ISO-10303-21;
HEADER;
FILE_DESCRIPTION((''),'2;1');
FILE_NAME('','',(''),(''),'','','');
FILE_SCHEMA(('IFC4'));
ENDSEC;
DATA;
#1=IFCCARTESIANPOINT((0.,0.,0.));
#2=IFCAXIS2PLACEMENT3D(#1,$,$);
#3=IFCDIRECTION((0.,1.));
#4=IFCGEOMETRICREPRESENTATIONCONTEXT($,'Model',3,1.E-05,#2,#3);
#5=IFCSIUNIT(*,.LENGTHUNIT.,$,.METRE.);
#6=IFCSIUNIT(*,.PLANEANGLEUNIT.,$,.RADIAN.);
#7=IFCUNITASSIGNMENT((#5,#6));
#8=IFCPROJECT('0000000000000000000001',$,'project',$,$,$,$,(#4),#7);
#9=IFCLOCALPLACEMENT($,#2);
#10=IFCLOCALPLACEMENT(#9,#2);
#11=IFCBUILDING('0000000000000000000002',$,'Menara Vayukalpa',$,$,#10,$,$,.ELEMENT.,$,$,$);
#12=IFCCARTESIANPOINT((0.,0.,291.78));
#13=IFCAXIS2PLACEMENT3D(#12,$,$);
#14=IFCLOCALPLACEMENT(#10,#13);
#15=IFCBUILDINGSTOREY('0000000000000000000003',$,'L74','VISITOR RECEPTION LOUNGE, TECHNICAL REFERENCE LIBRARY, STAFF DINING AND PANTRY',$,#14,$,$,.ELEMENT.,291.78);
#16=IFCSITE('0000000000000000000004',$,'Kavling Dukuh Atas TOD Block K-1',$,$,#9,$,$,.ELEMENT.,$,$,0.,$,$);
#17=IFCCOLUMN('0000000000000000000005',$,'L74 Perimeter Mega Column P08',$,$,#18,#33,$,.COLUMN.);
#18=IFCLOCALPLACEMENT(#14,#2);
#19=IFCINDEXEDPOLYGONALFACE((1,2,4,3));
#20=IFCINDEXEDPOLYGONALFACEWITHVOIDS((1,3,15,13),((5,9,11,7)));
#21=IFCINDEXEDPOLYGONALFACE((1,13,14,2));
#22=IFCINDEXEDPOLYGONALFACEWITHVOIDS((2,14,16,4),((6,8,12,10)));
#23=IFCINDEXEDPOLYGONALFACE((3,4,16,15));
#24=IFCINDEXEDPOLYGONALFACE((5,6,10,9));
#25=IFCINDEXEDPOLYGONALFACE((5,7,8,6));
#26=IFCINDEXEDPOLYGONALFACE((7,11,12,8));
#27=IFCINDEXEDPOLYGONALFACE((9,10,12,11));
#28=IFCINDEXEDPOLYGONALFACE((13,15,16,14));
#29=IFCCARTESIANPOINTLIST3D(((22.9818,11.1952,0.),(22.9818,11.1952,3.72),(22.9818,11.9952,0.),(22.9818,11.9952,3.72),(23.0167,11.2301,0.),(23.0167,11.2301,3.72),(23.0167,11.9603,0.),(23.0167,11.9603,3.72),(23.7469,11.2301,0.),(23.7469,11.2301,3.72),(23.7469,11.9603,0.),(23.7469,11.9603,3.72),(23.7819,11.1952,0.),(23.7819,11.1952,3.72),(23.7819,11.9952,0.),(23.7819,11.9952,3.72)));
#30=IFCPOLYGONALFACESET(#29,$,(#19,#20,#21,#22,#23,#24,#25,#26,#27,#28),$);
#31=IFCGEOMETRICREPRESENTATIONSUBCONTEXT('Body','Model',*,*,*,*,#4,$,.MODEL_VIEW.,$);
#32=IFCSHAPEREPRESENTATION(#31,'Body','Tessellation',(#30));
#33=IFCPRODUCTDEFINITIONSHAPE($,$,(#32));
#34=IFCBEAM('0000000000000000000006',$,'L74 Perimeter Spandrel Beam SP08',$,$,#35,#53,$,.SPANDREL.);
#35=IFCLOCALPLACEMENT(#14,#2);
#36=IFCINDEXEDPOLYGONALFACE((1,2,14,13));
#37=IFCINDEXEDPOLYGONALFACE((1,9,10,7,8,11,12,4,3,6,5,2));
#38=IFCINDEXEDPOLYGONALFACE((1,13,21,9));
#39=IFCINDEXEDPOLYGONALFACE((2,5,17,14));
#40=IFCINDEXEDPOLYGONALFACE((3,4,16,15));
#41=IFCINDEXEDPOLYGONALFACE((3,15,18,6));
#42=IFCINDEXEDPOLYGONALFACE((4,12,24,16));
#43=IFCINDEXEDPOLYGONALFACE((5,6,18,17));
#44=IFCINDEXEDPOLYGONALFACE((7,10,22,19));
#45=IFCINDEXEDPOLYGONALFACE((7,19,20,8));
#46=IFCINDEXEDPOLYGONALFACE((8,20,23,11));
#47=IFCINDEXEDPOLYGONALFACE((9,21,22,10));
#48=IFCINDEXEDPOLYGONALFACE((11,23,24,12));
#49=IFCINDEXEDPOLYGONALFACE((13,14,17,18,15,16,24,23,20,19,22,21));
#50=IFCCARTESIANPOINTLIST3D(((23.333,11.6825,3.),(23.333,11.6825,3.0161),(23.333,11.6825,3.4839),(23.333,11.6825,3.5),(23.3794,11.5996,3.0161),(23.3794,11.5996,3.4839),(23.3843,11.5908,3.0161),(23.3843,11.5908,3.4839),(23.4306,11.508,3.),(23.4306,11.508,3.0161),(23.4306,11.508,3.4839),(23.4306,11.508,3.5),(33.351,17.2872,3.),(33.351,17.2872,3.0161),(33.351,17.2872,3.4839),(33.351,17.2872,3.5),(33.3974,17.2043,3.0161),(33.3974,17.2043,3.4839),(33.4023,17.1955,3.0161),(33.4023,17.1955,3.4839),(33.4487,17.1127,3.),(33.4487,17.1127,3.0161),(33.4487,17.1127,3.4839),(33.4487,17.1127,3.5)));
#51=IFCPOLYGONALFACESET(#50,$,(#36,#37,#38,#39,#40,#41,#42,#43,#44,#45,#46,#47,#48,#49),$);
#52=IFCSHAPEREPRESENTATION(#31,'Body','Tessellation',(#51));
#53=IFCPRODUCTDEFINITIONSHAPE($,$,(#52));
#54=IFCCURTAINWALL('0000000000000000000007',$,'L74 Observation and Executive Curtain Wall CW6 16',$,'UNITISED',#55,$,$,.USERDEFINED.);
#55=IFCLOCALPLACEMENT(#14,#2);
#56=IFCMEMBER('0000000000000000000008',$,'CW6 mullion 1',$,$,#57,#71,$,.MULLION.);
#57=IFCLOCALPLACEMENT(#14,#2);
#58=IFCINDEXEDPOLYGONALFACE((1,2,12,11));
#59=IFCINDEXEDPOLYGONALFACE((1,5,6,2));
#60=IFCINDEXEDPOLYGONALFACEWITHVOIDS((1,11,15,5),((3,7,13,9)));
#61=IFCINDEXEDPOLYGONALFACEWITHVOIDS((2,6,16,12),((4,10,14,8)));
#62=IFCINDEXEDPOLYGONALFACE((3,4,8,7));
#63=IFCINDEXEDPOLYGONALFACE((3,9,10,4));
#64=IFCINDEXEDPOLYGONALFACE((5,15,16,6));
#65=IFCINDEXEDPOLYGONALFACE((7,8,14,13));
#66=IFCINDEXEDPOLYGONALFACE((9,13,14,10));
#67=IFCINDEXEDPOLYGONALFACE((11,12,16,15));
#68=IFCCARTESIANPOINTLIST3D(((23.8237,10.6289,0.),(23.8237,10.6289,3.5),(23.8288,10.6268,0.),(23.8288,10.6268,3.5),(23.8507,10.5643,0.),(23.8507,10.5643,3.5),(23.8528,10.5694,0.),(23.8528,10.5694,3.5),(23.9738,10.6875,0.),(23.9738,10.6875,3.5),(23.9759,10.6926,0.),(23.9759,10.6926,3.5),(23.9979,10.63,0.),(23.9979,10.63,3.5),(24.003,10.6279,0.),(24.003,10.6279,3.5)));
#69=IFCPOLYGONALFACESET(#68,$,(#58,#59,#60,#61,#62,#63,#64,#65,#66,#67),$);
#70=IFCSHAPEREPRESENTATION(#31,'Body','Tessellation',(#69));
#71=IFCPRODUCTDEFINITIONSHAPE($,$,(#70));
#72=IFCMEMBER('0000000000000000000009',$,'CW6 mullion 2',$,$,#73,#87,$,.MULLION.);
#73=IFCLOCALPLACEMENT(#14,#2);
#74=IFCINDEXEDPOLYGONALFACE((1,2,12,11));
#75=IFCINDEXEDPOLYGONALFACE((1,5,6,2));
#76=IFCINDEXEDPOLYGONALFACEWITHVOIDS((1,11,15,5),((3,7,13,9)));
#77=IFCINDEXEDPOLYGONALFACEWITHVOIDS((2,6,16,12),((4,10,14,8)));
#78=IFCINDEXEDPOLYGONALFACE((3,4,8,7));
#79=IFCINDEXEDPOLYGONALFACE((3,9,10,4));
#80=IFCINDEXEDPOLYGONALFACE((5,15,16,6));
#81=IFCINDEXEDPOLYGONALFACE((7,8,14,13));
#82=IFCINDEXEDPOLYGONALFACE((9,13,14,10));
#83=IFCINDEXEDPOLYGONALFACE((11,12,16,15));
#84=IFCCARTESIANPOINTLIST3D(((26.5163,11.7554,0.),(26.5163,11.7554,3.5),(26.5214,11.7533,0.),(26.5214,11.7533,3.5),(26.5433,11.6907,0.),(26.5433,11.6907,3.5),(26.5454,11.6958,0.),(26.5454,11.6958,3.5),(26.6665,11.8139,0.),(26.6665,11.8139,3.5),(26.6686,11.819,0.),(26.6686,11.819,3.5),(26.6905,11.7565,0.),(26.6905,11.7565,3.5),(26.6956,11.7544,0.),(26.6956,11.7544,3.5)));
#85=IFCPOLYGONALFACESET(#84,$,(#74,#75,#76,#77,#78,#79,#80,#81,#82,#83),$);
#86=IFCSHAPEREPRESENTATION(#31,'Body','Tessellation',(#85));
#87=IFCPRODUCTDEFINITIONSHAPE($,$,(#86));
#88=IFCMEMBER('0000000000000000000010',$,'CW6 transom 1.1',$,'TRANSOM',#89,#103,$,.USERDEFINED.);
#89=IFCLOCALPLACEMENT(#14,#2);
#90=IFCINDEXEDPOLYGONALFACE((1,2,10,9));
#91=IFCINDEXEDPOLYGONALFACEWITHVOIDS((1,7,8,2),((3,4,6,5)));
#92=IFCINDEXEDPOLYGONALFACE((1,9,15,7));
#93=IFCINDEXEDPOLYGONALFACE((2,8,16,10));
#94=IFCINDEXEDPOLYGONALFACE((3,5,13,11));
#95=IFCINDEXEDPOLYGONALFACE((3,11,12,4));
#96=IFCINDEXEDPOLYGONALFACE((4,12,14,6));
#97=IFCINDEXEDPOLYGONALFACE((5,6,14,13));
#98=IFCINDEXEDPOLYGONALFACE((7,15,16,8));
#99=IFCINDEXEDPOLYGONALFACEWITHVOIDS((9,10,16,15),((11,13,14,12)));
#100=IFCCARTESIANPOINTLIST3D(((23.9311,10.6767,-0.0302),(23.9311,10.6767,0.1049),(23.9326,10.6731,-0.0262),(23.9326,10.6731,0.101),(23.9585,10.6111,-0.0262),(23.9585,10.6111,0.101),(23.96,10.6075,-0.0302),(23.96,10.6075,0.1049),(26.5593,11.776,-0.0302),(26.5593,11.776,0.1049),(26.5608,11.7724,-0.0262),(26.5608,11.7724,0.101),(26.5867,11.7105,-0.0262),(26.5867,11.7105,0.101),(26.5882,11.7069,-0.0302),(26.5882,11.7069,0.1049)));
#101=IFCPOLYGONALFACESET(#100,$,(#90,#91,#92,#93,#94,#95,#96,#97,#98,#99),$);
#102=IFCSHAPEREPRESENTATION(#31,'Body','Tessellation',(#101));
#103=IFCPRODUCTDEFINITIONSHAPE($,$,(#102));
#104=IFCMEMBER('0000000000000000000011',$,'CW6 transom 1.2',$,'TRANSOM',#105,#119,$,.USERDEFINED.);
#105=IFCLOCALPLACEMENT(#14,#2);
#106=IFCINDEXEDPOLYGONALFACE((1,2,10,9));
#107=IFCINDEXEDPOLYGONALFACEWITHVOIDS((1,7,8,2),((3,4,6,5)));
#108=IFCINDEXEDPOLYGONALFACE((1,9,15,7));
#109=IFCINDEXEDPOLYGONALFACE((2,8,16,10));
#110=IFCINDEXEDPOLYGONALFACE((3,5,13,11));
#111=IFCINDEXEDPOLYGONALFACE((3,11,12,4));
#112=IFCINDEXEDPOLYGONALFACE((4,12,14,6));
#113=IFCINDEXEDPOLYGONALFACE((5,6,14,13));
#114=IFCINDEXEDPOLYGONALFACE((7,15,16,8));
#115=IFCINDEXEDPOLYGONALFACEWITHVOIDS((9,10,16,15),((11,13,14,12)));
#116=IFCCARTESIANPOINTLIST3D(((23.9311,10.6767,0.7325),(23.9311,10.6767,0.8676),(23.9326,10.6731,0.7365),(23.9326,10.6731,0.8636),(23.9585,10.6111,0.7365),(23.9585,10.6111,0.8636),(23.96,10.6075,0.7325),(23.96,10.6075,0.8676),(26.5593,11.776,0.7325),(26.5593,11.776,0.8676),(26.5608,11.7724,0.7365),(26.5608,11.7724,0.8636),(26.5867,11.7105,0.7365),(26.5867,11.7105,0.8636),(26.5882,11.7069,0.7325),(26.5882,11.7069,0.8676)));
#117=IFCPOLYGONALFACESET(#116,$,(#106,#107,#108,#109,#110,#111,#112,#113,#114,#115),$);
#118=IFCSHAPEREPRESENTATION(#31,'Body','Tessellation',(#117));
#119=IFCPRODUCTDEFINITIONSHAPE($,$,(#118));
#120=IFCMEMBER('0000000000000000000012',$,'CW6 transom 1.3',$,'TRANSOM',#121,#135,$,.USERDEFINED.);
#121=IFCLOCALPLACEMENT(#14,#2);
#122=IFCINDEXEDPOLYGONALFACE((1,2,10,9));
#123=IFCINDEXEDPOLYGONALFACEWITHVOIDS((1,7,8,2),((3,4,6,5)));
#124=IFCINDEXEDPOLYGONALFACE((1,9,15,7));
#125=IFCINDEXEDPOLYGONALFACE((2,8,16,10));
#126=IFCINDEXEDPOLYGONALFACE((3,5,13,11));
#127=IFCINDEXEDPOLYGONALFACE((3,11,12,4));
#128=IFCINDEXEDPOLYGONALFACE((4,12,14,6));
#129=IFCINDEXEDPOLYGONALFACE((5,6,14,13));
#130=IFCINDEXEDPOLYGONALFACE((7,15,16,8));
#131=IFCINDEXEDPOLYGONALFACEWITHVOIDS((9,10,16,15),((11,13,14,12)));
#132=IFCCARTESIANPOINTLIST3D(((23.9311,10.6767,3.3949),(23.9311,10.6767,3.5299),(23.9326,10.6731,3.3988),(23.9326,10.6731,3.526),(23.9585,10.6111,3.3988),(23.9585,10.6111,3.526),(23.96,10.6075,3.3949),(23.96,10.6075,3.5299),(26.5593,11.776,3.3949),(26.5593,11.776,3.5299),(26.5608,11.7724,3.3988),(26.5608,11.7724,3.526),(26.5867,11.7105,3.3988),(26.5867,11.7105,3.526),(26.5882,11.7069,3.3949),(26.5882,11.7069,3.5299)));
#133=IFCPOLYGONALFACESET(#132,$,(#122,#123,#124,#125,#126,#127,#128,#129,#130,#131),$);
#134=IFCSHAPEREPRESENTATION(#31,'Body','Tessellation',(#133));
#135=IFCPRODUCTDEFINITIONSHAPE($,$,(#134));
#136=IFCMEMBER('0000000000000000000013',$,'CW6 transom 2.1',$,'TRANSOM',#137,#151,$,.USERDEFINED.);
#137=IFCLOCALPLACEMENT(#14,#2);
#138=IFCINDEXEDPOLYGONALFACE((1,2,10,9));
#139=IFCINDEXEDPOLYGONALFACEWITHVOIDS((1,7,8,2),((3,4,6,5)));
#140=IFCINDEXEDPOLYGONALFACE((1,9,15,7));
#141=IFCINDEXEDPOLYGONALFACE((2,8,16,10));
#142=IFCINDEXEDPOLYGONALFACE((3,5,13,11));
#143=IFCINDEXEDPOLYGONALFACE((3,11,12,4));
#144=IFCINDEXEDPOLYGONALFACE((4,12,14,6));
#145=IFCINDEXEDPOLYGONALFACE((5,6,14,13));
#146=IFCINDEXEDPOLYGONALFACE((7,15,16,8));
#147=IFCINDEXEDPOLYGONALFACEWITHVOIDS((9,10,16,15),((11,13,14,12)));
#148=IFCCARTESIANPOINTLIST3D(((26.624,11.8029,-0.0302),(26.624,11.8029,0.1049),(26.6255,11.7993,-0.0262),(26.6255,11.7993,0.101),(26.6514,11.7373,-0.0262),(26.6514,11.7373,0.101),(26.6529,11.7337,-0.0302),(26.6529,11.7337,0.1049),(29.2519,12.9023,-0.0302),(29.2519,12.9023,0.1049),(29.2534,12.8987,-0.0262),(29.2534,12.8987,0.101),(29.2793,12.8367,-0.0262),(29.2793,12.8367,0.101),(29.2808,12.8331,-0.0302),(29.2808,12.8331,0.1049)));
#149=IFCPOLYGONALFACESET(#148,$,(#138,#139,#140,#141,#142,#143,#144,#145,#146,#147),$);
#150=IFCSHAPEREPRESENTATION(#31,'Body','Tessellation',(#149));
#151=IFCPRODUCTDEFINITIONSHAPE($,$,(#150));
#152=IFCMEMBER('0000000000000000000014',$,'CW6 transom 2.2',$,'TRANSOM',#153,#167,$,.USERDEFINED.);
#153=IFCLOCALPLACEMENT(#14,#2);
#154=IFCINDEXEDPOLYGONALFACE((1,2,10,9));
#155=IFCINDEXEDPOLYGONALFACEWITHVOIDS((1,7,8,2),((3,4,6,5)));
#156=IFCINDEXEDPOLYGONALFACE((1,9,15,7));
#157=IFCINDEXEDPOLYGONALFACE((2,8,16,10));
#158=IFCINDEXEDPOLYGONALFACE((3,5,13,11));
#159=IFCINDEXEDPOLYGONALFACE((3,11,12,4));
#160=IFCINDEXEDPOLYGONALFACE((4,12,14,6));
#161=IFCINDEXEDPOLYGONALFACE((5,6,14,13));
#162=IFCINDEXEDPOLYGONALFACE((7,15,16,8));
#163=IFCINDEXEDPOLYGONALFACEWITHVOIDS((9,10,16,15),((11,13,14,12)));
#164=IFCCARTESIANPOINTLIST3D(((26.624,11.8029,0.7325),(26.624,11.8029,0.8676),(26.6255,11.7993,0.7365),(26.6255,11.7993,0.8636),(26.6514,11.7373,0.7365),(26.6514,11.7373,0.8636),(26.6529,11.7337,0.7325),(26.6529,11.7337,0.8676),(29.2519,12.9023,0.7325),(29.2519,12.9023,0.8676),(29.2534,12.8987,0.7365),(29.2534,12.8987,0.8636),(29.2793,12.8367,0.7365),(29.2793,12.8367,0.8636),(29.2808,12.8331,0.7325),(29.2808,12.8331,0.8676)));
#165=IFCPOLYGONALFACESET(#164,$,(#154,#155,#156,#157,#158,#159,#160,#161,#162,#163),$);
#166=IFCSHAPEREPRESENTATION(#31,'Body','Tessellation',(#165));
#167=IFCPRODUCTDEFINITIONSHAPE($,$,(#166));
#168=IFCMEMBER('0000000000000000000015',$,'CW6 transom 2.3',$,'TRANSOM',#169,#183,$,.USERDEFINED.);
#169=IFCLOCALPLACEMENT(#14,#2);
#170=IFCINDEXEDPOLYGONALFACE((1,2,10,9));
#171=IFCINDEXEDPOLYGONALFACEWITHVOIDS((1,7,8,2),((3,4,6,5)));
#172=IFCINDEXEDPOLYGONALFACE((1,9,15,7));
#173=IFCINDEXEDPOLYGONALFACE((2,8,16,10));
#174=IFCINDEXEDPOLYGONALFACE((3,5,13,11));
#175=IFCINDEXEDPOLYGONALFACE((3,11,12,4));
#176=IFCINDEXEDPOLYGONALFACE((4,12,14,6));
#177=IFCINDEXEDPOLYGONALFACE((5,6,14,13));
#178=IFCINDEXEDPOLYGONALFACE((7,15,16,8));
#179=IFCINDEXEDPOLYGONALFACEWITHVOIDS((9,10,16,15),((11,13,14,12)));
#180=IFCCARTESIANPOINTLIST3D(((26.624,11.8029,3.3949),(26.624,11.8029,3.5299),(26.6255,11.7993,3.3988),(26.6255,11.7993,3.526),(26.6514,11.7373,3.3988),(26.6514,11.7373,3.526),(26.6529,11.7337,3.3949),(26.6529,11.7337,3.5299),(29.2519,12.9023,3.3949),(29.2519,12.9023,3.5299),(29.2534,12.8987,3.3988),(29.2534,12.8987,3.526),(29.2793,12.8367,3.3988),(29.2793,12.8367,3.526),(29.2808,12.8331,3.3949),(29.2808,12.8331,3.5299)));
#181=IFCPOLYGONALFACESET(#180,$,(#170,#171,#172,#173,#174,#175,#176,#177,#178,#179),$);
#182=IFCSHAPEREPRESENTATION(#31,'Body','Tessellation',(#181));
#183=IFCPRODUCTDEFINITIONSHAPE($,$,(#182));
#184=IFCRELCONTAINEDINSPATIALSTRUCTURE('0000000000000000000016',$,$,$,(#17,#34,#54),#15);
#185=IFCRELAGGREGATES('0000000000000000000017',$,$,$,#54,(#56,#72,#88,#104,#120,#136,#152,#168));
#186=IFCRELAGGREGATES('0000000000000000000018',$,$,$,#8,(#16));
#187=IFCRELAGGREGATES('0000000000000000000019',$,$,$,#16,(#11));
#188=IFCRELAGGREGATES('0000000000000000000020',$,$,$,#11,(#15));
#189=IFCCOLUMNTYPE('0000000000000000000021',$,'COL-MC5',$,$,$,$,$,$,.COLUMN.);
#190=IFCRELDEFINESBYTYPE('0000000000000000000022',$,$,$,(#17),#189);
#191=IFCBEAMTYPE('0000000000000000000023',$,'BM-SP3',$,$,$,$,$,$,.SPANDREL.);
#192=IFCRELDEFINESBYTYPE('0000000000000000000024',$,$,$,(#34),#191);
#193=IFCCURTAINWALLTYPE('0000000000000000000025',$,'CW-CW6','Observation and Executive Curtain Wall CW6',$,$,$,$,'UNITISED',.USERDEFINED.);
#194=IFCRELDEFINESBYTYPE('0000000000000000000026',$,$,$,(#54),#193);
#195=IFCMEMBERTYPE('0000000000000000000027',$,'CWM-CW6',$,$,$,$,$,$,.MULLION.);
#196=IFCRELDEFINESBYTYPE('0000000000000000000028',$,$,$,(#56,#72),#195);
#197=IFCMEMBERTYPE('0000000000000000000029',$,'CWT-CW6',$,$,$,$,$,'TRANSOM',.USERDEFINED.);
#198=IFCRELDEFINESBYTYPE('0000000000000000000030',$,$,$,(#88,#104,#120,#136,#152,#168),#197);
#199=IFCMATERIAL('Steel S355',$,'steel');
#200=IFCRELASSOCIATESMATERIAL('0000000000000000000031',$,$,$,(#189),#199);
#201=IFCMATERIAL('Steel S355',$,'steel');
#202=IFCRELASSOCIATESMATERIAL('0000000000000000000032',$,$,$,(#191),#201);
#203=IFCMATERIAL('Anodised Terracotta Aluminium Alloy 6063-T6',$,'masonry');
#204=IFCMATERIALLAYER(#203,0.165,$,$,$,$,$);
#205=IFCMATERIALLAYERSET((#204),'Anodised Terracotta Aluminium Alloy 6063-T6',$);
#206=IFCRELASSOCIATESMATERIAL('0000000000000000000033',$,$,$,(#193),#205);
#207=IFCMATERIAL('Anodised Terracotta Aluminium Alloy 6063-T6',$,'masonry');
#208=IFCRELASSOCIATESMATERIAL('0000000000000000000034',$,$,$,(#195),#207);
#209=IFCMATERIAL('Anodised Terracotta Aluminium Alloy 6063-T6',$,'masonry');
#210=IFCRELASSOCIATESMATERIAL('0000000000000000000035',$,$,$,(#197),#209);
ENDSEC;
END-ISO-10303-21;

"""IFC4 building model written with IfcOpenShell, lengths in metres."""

from ifc_helpers import new_model, si_unit, direction, frame, origin, origin_2d, place, context, subcontext, project, spatial, hollow_rectangle, i_section, extrude, material, layer, layer_set, material_profile, profile_set, type_object, element, aggregate, save


model = new_model("IFC4")

# Units and contexts
model_context = context("Model", 3, precision=1e-05, world=origin(), true_north=direction((0.0, 1.0)))
body_context = subcontext(model_context, "Body", "Model", "MODEL_VIEW")
ifc_project = project(units=[si_unit("LENGTHUNIT", "METRE"), si_unit("PLANEANGLEUNIT", "RADIAN")], contexts=[model_context])

# Site, building, storey
site_placement = place(None, origin())
site = spatial("IfcSite", under=ifc_project, at=site_placement, Name="Kavling Dukuh Atas TOD Block K-1", CompositionType="ELEMENT", RefElevation=0.0)
building_placement = place(site_placement, origin())
building = spatial("IfcBuilding", under=site, at=building_placement, Name="Menara Vayukalpa", CompositionType="ELEMENT")
storey_placement = place(building_placement, frame((0.0, 0.0, 291.78)))
storey = spatial("IfcBuildingStorey", under=building, at=storey_placement, Name="L74", Description="VISITOR RECEPTION LOUNGE, TECHNICAL REFERENCE LIBRARY, STAFF DINING AND PANTRY", CompositionType="ELEMENT", Elevation=291.78)

# Column
ifc_material_1 = material(Name="Steel S355", Category="steel")
ifc_material_profile_1 = material_profile(ifc_material_1, hollow_rectangle(XDim=0.8, YDim=0.8, WallThickness=0.0349, at=origin_2d()), Name="BOX 800x800x35")
ifc_profile_set_1 = profile_set([ifc_material_profile_1], Name="Steel S355")
column_type = type_object("IfcColumnType", Name="COL-MC5", PredefinedType="COLUMN", material=ifc_profile_set_1)
column_placement = place(storey_placement, frame((23.3818, 11.5952, 0.0), z_axis=(0.0, 0.0, 1.0), x_axis=(1.0, 0.0, 0.0)))
element("IfcColumn", 1, at=column_placement, inside=storey, type_object=column_type, Name="L74 Perimeter Mega Column P08", PredefinedType="COLUMN", context=body_context, shape_type="SweptSolid", body=[
    extrude(hollow_rectangle(XDim=0.8, YDim=0.8, WallThickness=0.0349, at=origin_2d()), origin(), (0.0, 0.0, 1.0), 3.72),
])

# Beam
ifc_material_2 = material(Name="Steel S355", Category="steel")
ifc_material_profile_2 = material_profile(ifc_material_2, i_section(OverallWidth=0.2, OverallDepth=0.5, WebThickness=0.01, FlangeThickness=0.0161, at=origin_2d()), Name="WF 500x200x10x16")
ifc_profile_set_2 = profile_set([ifc_material_profile_2], Name="Steel S355")
beam_type = type_object("IfcBeamType", Name="BM-SP3", PredefinedType="SPANDREL", material=ifc_profile_set_2)
beam_placement = place(storey_placement, frame((23.3818, 11.5952, 3.25), z_axis=(0.872706, 0.488246, 0.0), x_axis=(-0.488246, 0.872706, 0.0)))
element("IfcBeam", 2, at=beam_placement, inside=storey, type_object=beam_type, Name="L74 Perimeter Spandrel Beam SP08", PredefinedType="SPANDREL", context=body_context, shape_type="SweptSolid", body=[
    extrude(i_section(OverallWidth=0.2, OverallDepth=0.5, WebThickness=0.01, FlangeThickness=0.0161, at=origin_2d()), origin(), (0.0, 0.0, 1.0), 11.4792),
])

# Curtain wall, members
ifc_material_3 = material(Name="Anodised Terracotta Aluminium Alloy 6063-T6", Category="masonry")
ifc_layer_1 = layer(ifc_material_3, 0.165)
ifc_layer_set_1 = layer_set([ifc_layer_1], Name="Anodised Terracotta Aluminium Alloy 6063-T6")
curtain_wall_type = type_object("IfcCurtainWallType", Name="CW-CW6", Description="Observation and Executive Curtain Wall CW6", ElementType="UNITISED", PredefinedType="USERDEFINED", material=ifc_layer_set_1)
curtain_wall_placement = place(storey_placement, origin())
curtain_wall = element("IfcCurtainWall", 3, at=curtain_wall_placement, inside=storey, type_object=curtain_wall_type, Name="L74 Observation and Executive Curtain Wall CW6 16", ObjectType="UNITISED", PredefinedType="USERDEFINED")
ifc_material_4 = material(Name="Anodised Terracotta Aluminium Alloy 6063-T6", Category="masonry")
ifc_material_profile_3 = material_profile(ifc_material_4, hollow_rectangle(XDim=0.0701, YDim=0.165, WallThickness=0.0039, at=origin_2d()), Name="ALU 70x165x4")
ifc_profile_set_3 = profile_set([ifc_material_profile_3], Name="Anodised Terracotta Aluminium Alloy 6063-T6")
member_type_1 = type_object("IfcMemberType", Name="CWM-CW6", PredefinedType="MULLION", material=ifc_profile_set_3)
member_1_placement = place(storey_placement, frame((23.9133, 10.6284, 0.0), z_axis=(0.0, 0.0, 1.0), x_axis=(-0.3859, 0.922541, 0.0)))
member_1 = element("IfcMember", 4, at=member_1_placement, type_object=member_type_1, Name="CW6 mullion 1", PredefinedType="MULLION", context=body_context, shape_type="SweptSolid", body=[
    extrude(hollow_rectangle(XDim=0.0701, YDim=0.165, WallThickness=0.0039, at=origin_2d()), origin(), (0.0, 0.0, 1.0), 3.5),
])
member_2_placement = place(storey_placement, frame((26.606, 11.7549, 0.0), z_axis=(0.0, 0.0, 1.0), x_axis=(-0.3859, 0.922541, 0.0)))
member_2 = element("IfcMember", 5, at=member_2_placement, type_object=member_type_1, Name="CW6 mullion 2", PredefinedType="MULLION", context=body_context, shape_type="SweptSolid", body=[
    extrude(hollow_rectangle(XDim=0.0701, YDim=0.165, WallThickness=0.0039, at=origin_2d()), origin(), (0.0, 0.0, 1.0), 3.5),
])
ifc_material_5 = material(Name="Anodised Terracotta Aluminium Alloy 6063-T6", Category="masonry")
ifc_material_profile_4 = material_profile(ifc_material_5, hollow_rectangle(XDim=0.075, YDim=0.135, WallThickness=0.0039, at=origin_2d()), Name="ALU 75x135x4")
ifc_profile_set_4 = profile_set([ifc_material_profile_4], Name="Anodised Terracotta Aluminium Alloy 6063-T6")
member_type_2 = type_object("IfcMemberType", Name="CWT-CW6", ElementType="TRANSOM", PredefinedType="USERDEFINED", material=ifc_profile_set_4)
member_3_placement = place(storey_placement, frame((23.9456, 10.6421, 0.0374), z_axis=(0.922541, 0.385899, 0.0), x_axis=(-0.385899, 0.922541, 0.0)))
member_3 = element("IfcMember", 6, at=member_3_placement, type_object=member_type_2, Name="CW6 transom 1.1", ObjectType="TRANSOM", PredefinedType="USERDEFINED", context=body_context, shape_type="SweptSolid", body=[
    extrude(hollow_rectangle(XDim=0.075, YDim=0.135, WallThickness=0.0039, at=origin_2d()), origin(), (0.0, 0.0, 1.0), 2.8489),
])
member_4_placement = place(storey_placement, frame((23.9456, 10.6421, 0.8), z_axis=(0.922541, 0.385899, 0.0), x_axis=(-0.385899, 0.922541, 0.0)))
member_4 = element("IfcMember", 7, at=member_4_placement, type_object=member_type_2, Name="CW6 transom 1.2", ObjectType="TRANSOM", PredefinedType="USERDEFINED", context=body_context, shape_type="SweptSolid", body=[
    extrude(hollow_rectangle(XDim=0.075, YDim=0.135, WallThickness=0.0039, at=origin_2d()), origin(), (0.0, 0.0, 1.0), 2.8489),
])
member_5_placement = place(storey_placement, frame((23.9456, 10.6421, 3.4624), z_axis=(0.922541, 0.385899, 0.0), x_axis=(-0.385899, 0.922541, 0.0)))
member_5 = element("IfcMember", 8, at=member_5_placement, type_object=member_type_2, Name="CW6 transom 1.3", ObjectType="TRANSOM", PredefinedType="USERDEFINED", context=body_context, shape_type="SweptSolid", body=[
    extrude(hollow_rectangle(XDim=0.075, YDim=0.135, WallThickness=0.0039, at=origin_2d()), origin(), (0.0, 0.0, 1.0), 2.8489),
])
member_6_placement = place(storey_placement, frame((26.6384, 11.7683, 0.0374), z_axis=(0.922528, 0.385929, 0.0), x_axis=(-0.385929, 0.922528, 0.0)))
member_6 = element("IfcMember", 9, at=member_6_placement, type_object=member_type_2, Name="CW6 transom 2.1", ObjectType="TRANSOM", PredefinedType="USERDEFINED", context=body_context, shape_type="SweptSolid", body=[
    extrude(hollow_rectangle(XDim=0.075, YDim=0.135, WallThickness=0.0039, at=origin_2d()), origin(), (0.0, 0.0, 1.0), 2.8486),
])
member_7_placement = place(storey_placement, frame((26.6384, 11.7683, 0.8), z_axis=(0.922528, 0.385929, 0.0), x_axis=(-0.385929, 0.922528, 0.0)))
member_7 = element("IfcMember", 10, at=member_7_placement, type_object=member_type_2, Name="CW6 transom 2.2", ObjectType="TRANSOM", PredefinedType="USERDEFINED", context=body_context, shape_type="SweptSolid", body=[
    extrude(hollow_rectangle(XDim=0.075, YDim=0.135, WallThickness=0.0039, at=origin_2d()), origin(), (0.0, 0.0, 1.0), 2.8486),
])
member_8_placement = place(storey_placement, frame((26.6384, 11.7683, 3.4624), z_axis=(0.922528, 0.385929, 0.0), x_axis=(-0.385929, 0.922528, 0.0)))
member_8 = element("IfcMember", 11, at=member_8_placement, type_object=member_type_2, Name="CW6 transom 2.3", ObjectType="TRANSOM", PredefinedType="USERDEFINED", context=body_context, shape_type="SweptSolid", body=[
    extrude(hollow_rectangle(XDim=0.075, YDim=0.135, WallThickness=0.0039, at=origin_2d()), origin(), (0.0, 0.0, 1.0), 2.8486),
])
aggregate(curtain_wall, [member_1, member_2, member_3, member_4, member_5, member_6, member_7, member_8])

save(model, "model.ifc")
